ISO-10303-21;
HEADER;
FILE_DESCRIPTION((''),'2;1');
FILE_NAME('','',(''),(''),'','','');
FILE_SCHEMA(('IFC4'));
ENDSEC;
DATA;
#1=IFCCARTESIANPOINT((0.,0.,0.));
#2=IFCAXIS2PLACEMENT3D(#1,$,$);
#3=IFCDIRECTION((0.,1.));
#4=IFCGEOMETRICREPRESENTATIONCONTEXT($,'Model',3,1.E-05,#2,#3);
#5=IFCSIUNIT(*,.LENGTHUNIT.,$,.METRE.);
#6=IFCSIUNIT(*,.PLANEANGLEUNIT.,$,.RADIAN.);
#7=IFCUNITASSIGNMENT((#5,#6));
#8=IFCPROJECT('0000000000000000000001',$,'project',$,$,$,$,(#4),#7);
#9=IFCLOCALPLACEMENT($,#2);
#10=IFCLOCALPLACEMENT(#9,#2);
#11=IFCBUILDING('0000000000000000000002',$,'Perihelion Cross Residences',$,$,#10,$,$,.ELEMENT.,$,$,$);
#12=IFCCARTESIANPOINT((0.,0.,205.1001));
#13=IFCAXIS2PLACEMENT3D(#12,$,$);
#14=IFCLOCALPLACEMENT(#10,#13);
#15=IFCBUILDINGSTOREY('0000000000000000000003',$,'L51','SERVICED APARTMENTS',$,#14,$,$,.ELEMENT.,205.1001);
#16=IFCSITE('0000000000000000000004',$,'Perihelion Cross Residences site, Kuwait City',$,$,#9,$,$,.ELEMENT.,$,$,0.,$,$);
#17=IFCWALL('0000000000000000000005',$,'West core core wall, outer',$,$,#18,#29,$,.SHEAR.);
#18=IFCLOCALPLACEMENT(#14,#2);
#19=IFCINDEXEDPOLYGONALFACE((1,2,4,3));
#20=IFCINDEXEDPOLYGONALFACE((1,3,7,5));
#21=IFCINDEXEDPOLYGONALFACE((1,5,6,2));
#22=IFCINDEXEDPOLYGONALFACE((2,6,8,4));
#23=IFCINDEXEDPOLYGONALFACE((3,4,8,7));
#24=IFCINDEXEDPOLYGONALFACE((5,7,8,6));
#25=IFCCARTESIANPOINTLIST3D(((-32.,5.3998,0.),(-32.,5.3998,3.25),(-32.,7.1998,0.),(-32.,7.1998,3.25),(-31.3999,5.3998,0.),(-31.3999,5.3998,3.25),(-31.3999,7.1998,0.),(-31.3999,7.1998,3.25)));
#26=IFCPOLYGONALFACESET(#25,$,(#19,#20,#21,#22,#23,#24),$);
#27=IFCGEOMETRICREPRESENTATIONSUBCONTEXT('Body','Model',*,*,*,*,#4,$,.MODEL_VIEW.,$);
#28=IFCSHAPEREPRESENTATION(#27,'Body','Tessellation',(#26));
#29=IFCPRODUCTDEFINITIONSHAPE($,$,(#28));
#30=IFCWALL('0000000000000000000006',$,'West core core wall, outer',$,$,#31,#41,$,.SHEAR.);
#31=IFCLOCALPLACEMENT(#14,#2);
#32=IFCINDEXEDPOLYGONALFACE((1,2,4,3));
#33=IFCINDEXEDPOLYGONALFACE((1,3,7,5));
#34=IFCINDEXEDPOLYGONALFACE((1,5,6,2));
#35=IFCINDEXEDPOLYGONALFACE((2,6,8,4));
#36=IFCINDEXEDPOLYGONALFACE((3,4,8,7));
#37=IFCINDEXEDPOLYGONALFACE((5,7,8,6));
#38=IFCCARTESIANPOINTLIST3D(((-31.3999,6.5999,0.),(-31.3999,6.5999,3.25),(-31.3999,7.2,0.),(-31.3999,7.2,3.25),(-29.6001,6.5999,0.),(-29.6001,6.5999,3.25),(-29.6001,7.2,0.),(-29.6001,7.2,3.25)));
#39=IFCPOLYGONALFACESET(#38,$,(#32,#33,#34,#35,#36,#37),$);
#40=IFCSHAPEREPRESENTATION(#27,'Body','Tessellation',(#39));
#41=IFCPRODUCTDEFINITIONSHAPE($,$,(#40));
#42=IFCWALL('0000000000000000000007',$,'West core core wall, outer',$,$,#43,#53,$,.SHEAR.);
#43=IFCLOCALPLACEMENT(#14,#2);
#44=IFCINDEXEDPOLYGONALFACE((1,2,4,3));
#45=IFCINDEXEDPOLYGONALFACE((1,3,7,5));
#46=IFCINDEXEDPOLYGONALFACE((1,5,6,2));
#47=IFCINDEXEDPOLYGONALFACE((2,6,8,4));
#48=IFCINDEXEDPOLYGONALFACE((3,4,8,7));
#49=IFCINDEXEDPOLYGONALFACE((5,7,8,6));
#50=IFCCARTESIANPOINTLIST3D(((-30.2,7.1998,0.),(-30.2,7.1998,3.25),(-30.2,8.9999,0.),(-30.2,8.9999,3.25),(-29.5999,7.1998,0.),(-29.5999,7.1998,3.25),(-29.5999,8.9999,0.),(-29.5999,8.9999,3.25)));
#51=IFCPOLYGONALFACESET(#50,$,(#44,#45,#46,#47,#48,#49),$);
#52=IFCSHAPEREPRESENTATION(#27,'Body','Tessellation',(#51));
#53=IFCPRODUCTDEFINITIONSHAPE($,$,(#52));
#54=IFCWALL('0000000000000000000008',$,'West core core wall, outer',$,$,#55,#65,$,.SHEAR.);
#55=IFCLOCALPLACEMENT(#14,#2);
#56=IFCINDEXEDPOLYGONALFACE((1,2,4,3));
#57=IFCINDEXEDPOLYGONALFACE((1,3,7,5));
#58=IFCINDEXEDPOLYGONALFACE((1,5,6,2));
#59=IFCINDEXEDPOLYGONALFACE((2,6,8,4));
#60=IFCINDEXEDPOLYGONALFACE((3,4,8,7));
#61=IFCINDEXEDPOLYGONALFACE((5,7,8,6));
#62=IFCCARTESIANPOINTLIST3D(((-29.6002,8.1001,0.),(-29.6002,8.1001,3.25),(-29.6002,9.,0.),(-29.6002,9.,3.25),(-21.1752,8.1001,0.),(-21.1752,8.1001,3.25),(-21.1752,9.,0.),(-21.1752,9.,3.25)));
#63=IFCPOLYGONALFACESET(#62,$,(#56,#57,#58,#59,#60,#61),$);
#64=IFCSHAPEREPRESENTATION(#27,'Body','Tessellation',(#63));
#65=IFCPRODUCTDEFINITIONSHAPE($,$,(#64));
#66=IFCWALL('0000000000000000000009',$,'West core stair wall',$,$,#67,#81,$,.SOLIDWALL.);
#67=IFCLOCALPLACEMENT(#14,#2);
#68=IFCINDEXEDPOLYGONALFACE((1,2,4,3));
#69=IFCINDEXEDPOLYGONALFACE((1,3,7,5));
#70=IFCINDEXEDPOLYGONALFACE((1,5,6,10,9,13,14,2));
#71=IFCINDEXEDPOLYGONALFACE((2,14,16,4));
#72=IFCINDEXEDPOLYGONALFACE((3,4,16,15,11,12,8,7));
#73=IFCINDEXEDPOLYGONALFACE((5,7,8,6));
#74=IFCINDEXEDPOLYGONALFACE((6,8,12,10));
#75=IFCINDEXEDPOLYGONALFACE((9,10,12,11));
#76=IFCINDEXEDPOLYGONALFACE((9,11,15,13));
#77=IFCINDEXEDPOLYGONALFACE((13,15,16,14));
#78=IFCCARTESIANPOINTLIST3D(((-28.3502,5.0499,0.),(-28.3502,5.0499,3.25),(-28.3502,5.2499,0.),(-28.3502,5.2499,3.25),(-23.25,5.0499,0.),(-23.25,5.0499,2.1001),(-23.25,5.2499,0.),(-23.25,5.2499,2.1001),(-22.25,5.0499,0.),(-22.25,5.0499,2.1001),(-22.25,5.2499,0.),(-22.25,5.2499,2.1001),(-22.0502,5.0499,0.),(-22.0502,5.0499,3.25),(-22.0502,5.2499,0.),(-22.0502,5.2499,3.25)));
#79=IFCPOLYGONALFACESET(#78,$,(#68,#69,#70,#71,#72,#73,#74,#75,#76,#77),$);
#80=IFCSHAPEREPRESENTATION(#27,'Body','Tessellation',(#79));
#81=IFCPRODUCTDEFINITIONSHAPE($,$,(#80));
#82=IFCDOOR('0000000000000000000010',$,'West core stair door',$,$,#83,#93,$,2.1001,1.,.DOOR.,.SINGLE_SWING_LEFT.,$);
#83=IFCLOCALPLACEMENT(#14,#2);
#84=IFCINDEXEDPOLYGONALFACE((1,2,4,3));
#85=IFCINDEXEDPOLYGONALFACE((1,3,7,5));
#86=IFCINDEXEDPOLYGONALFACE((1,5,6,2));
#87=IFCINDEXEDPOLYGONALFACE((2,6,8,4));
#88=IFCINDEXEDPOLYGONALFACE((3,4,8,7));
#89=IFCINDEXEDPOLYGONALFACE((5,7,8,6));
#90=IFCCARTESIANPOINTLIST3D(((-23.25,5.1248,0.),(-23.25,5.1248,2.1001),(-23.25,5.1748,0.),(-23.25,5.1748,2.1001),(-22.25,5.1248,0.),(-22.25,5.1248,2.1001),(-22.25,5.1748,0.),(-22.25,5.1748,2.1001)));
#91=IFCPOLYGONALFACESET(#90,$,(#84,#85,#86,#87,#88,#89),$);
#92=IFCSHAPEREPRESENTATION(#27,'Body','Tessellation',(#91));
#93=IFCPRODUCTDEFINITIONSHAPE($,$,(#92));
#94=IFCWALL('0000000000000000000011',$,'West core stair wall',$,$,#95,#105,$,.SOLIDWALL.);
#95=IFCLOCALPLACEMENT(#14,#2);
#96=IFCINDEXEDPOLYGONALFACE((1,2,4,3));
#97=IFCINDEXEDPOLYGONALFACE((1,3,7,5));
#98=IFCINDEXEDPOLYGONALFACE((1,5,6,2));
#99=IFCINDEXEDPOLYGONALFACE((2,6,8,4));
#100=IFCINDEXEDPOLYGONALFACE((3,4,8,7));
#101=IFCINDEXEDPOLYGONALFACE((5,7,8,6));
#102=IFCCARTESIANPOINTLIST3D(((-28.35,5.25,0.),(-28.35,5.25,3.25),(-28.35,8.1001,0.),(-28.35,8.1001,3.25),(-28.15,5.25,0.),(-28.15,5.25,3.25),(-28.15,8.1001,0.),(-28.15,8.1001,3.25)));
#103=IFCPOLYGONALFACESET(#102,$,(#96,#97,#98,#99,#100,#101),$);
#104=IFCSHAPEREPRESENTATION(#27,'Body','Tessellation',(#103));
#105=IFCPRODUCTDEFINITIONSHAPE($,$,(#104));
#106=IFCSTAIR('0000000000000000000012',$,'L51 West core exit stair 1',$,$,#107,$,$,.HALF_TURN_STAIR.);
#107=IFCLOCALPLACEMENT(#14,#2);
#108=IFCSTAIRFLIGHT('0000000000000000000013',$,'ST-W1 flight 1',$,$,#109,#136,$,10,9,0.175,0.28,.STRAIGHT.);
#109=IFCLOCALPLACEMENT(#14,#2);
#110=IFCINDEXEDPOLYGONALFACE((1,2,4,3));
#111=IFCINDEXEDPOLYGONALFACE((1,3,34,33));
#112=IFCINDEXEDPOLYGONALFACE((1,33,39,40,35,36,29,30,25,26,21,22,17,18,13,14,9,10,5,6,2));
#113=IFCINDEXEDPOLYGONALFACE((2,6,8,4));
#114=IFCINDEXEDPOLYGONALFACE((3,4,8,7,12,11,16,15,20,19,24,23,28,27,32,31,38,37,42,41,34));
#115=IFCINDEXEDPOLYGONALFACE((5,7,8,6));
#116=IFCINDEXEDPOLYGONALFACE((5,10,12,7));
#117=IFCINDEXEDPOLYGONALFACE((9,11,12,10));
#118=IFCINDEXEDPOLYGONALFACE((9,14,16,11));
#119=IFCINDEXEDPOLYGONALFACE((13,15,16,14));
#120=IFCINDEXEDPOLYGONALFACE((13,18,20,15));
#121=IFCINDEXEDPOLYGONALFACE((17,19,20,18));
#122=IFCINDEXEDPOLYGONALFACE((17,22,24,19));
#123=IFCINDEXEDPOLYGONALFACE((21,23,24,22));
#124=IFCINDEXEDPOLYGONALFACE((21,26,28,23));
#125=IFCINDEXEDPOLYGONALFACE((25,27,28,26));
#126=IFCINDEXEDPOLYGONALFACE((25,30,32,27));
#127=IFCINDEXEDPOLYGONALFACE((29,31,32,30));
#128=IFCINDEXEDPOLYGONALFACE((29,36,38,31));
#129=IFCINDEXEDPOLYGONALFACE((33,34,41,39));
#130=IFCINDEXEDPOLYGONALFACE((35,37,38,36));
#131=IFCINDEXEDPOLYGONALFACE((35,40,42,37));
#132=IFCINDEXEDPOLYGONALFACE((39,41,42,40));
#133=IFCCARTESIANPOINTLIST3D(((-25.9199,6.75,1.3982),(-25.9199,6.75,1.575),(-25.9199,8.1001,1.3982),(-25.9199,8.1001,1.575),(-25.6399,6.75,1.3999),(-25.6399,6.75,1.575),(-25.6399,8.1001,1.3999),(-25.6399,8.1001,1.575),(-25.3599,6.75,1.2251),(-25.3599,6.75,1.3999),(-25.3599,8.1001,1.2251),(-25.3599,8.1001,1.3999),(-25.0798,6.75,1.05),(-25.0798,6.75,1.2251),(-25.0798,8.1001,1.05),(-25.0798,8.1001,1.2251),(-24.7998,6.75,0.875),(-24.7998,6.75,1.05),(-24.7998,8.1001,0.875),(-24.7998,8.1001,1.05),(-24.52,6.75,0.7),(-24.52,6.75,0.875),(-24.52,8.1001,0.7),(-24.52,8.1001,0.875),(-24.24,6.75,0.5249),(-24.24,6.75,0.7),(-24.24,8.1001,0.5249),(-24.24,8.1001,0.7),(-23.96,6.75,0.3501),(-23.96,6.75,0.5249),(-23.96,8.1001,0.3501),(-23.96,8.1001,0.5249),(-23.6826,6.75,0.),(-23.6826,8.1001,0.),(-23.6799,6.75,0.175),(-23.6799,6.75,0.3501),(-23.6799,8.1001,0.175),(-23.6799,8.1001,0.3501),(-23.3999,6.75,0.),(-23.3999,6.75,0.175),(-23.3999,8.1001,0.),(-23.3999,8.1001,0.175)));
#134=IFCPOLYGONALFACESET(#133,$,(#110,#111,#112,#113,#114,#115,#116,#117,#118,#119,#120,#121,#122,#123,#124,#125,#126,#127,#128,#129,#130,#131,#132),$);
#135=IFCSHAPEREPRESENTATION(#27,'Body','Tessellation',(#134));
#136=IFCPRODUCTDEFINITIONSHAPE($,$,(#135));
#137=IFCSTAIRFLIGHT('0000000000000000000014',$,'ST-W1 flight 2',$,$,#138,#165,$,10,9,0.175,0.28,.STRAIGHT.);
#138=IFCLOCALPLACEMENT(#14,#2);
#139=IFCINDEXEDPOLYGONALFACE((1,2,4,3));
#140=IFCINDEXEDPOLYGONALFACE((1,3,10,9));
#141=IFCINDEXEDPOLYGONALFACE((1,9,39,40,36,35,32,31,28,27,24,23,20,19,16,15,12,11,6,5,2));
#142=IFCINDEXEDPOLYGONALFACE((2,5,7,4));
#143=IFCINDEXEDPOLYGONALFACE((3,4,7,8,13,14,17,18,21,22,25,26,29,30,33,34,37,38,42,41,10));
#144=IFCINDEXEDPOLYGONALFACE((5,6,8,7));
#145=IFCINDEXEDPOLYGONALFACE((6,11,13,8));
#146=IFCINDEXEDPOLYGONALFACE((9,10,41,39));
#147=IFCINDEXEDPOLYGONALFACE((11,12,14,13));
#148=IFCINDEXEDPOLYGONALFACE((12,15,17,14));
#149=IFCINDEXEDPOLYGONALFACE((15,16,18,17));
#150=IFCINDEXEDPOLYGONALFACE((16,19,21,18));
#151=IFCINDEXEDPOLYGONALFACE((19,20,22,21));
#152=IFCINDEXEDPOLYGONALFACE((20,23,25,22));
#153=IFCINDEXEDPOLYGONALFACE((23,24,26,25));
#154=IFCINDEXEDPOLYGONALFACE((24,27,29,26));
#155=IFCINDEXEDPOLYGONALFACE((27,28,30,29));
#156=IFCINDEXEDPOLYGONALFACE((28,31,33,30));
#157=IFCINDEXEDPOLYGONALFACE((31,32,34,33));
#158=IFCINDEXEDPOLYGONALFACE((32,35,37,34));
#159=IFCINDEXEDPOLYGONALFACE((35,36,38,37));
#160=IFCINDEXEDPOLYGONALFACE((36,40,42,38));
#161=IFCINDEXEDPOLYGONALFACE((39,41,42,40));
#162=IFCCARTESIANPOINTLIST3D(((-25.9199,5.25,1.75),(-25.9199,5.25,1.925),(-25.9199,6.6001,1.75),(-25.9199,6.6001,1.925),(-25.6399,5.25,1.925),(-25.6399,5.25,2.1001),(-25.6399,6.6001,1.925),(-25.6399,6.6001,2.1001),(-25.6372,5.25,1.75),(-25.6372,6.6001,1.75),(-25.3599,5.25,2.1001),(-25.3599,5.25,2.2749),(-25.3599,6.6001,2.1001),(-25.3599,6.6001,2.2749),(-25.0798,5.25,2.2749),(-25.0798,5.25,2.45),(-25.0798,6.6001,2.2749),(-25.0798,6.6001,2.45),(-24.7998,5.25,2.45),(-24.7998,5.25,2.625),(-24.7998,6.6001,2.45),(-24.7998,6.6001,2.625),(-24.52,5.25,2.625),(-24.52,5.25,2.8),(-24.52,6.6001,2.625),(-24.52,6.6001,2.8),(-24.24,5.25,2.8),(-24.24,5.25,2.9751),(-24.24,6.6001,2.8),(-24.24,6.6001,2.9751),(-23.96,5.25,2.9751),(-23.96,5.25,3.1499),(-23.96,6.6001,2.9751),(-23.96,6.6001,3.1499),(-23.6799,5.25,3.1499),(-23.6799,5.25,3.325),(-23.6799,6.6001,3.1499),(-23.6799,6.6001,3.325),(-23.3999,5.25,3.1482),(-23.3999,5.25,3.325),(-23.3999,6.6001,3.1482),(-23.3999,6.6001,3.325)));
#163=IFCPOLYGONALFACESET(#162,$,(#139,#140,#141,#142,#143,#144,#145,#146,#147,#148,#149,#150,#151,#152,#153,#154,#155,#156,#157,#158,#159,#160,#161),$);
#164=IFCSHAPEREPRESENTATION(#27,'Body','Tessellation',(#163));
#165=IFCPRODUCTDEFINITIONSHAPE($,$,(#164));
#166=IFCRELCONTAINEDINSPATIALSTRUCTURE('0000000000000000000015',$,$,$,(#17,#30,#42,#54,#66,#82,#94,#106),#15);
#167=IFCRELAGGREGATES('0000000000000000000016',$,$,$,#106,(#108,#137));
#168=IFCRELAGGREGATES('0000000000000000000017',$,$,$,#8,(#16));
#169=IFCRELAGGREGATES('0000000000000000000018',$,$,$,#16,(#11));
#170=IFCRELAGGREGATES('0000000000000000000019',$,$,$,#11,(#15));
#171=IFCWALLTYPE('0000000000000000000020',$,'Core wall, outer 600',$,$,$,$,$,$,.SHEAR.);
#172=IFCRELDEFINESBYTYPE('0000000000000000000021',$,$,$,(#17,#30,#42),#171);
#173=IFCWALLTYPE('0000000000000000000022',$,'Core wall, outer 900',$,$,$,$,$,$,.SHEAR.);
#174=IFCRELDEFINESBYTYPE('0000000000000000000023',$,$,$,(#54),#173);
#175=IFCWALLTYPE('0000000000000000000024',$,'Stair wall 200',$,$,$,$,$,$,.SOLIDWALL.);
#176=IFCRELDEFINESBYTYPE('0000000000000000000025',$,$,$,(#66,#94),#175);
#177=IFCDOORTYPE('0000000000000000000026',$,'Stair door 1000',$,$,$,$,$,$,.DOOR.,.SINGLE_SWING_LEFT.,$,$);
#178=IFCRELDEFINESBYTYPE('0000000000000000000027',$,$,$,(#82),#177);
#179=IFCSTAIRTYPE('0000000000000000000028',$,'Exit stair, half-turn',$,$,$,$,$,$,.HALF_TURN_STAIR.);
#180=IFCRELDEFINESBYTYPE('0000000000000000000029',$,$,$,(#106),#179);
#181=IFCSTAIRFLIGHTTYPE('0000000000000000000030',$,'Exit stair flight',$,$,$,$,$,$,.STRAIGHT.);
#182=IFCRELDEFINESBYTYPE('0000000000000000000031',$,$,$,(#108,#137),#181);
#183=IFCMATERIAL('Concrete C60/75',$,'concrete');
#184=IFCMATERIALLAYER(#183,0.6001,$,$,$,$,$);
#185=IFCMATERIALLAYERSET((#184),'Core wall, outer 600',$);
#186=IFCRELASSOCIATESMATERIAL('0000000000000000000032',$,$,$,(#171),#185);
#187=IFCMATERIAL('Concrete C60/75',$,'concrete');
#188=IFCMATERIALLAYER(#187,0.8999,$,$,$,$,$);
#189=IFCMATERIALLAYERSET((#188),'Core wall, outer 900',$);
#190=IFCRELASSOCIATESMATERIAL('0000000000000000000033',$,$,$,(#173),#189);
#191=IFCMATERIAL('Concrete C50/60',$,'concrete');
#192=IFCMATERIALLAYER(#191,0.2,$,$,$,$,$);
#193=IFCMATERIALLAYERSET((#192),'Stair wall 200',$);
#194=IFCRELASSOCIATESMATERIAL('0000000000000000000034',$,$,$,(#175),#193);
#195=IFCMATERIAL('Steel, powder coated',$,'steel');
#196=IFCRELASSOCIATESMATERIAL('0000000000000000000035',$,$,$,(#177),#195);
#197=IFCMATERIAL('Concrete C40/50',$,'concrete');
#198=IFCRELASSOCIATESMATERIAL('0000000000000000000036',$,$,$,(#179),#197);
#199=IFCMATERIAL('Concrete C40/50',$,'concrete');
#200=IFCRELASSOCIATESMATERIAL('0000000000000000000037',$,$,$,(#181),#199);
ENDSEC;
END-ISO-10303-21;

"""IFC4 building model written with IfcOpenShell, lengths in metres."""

from ifc_helpers import new_model, si_unit, direction, frame, frame_2d, origin, place, context, subcontext, project, spatial, polyline, rectangle, outline, extrude, material, layer, layer_set, type_object, element, fill, aggregate, save


model = new_model("IFC4")

# Units and contexts
model_context = context("Model", 3, precision=1e-05, world=origin(), true_north=direction((0.0, 1.0)))
body_context = subcontext(model_context, "Body", "Model", "MODEL_VIEW")
ifc_project = project(units=[si_unit("LENGTHUNIT", "METRE"), si_unit("PLANEANGLEUNIT", "RADIAN")], contexts=[model_context])

# Site, building, storey
site_placement = place(None, origin())
site = spatial("IfcSite", under=ifc_project, at=site_placement, Name="Perihelion Cross Residences site, Kuwait City", CompositionType="ELEMENT", RefElevation=0.0)
building_placement = place(site_placement, origin())
building = spatial("IfcBuilding", under=site, at=building_placement, Name="Perihelion Cross Residences", CompositionType="ELEMENT")
storey_placement = place(building_placement, frame((0.0, 0.0, 205.1001)))
storey = spatial("IfcBuildingStorey", under=building, at=storey_placement, Name="L51", Description="SERVICED APARTMENTS", CompositionType="ELEMENT", Elevation=205.1001)

# Walls
ifc_material_1 = material(Name="Concrete C60/75", Category="concrete")
ifc_layer_1 = layer(ifc_material_1, 0.6001)
ifc_layer_set_1 = layer_set([ifc_layer_1], Name="Core wall, outer 600")
wall_type_1 = type_object("IfcWallType", Name="Core wall, outer 600", PredefinedType="SHEAR", material=ifc_layer_set_1)
wall_1_placement = place(storey_placement, frame((-31.7, 5.3999, 0.0), z_axis=(0.0, 0.0, 1.0), x_axis=(0.0, 1.0, 0.0)))
element("IfcWall", 1, at=wall_1_placement, inside=storey, type_object=wall_type_1, Name="West core core wall, outer", PredefinedType="SHEAR", context=body_context, shape_type="SweptSolid", body=[
    extrude(rectangle(XDim=1.8, YDim=0.6001, at=frame_2d((0.8999, 0.0))), origin(), (0.0, 0.0, 1.0), 3.25),
])
wall_2_placement = place(storey_placement, frame((-31.3999, 6.8999, 0.0), z_axis=(0.0, 0.0, 1.0), x_axis=(1.0, 0.0, 0.0)))
element("IfcWall", 2, at=wall_2_placement, inside=storey, type_object=wall_type_1, Name="West core core wall, outer", PredefinedType="SHEAR", context=body_context, shape_type="SweptSolid", body=[
    extrude(rectangle(XDim=1.7998, YDim=0.6001, at=frame_2d((0.8999, 0.0))), origin(), (0.0, 0.0, 1.0), 3.25),
])
wall_3_placement = place(storey_placement, frame((-29.8999, 7.2, 0.0), z_axis=(0.0, 0.0, 1.0), x_axis=(0.0, 1.0, 0.0)))
element("IfcWall", 3, at=wall_3_placement, inside=storey, type_object=wall_type_1, Name="West core core wall, outer", PredefinedType="SHEAR", context=body_context, shape_type="SweptSolid", body=[
    extrude(rectangle(XDim=1.8, YDim=0.6001, at=frame_2d((0.8999, 0.0))), origin(), (0.0, 0.0, 1.0), 3.25),
])
ifc_material_2 = material(Name="Concrete C60/75", Category="concrete")
ifc_layer_2 = layer(ifc_material_2, 0.8999)
ifc_layer_set_2 = layer_set([ifc_layer_2], Name="Core wall, outer 900")
wall_type_2 = type_object("IfcWallType", Name="Core wall, outer 900", PredefinedType="SHEAR", material=ifc_layer_set_2)
wall_4_placement = place(storey_placement, frame((-29.6001, 8.55, 0.0), z_axis=(0.0, 0.0, 1.0), x_axis=(1.0, 0.0, 0.0)))
element("IfcWall", 4, at=wall_4_placement, inside=storey, type_object=wall_type_2, Name="West core core wall, outer", PredefinedType="SHEAR", context=body_context, shape_type="SweptSolid", body=[
    extrude(rectangle(XDim=8.425, YDim=0.8999, at=frame_2d((4.2124, 0.0))), origin(), (0.0, 0.0, 1.0), 3.25),
])

# Wall, opening, door
ifc_material_3 = material(Name="Concrete C50/60", Category="concrete")
ifc_layer_3 = layer(ifc_material_3, 0.2)
ifc_layer_set_3 = layer_set([ifc_layer_3], Name="Stair wall 200")
wall_type_3 = type_object("IfcWallType", Name="Stair wall 200", PredefinedType="SOLIDWALL", material=ifc_layer_set_3)
wall_5_placement = place(storey_placement, frame((-28.3501, 5.1499, 0.0), z_axis=(0.0, 0.0, 1.0), x_axis=(1.0, 0.0, 0.0)))
wall_5 = element("IfcWall", 5, at=wall_5_placement, inside=storey, type_object=wall_type_3, Name="West core stair wall", PredefinedType="SOLIDWALL", context=body_context, shape_type="SweptSolid", body=[
    extrude(rectangle(XDim=6.3, YDim=0.2, at=frame_2d((3.1499, 0.0))), origin(), (0.0, 0.0, 1.0), 3.25),
])
opening_placement = place(wall_5_placement, frame((5.1001, 0.0, 0.0)))
opening = element("IfcOpeningElement", 6, at=opening_placement, cuts=wall_5, PredefinedType="OPENING", context=body_context, shape_type="SweptSolid", body=[
    extrude(rectangle(XDim=1.0, YDim=2.1001, at=frame_2d((0.5, 1.05))), frame((0.0, 0.1099, 0.0), z_axis=(0.0, -1.0, 0.0), x_axis=(1.0, 0.0, 0.0)), (0.0, 0.0, 1.0), 0.22),
])
ifc_material_4 = material(Name="Steel, powder coated", Category="steel")
door_type = type_object("IfcDoorType", Name="Stair door 1000", OperationType="SINGLE_SWING_LEFT", PredefinedType="DOOR", material=ifc_material_4)
door_placement = place(opening_placement, origin())
door = element("IfcDoor", 7, at=door_placement, inside=storey, type_object=door_type, Name="West core stair door", OperationType="SINGLE_SWING_LEFT", OverallHeight=2.1001, OverallWidth=1.0, PredefinedType="DOOR", context=body_context, shape_type="SweptSolid", body=[
    extrude(rectangle(XDim=1.0, YDim=2.1001, at=frame_2d((0.5, 1.05))), frame((0.0, 0.0249, 0.0), z_axis=(0.0, -1.0, 0.0), x_axis=(1.0, 0.0, 0.0)), (0.0, 0.0, 1.0), 0.05),
])
fill(opening, door)

# Wall
wall_6_placement = place(storey_placement, frame((-28.25, 5.25, 0.0), z_axis=(0.0, 0.0, 1.0), x_axis=(0.0, 1.0, 0.0)))
element("IfcWall", 8, at=wall_6_placement, inside=storey, type_object=wall_type_3, Name="West core stair wall", PredefinedType="SOLIDWALL", context=body_context, shape_type="SweptSolid", body=[
    extrude(rectangle(XDim=2.8501, YDim=0.2, at=frame_2d((1.425, 0.0))), origin(), (0.0, 0.0, 1.0), 3.25),
])

# Stair, stair flights
ifc_material_5 = material(Name="Concrete C40/50", Category="concrete")
stair_type = type_object("IfcStairType", Name="Exit stair, half-turn", PredefinedType="HALF_TURN_STAIR", material=ifc_material_5)
stair_placement = place(storey_placement, origin())
stair = element("IfcStair", 9, at=stair_placement, inside=storey, type_object=stair_type, Name="L51 West core exit stair 1", PredefinedType="HALF_TURN_STAIR")
ifc_material_6 = material(Name="Concrete C40/50", Category="concrete")
stair_flight_type = type_object("IfcStairFlightType", Name="Exit stair flight", PredefinedType="STRAIGHT", material=ifc_material_6)
stair_flight_1_placement = place(storey_placement, frame((-23.3999, 7.425, 0.0), z_axis=(0.0, 0.0, 1.0), x_axis=(-1.0, 0.0, 0.0)))
stair_flight_1 = element("IfcStairFlight", 10, at=stair_flight_1_placement, type_object=stair_flight_type, Name="ST-W1 flight 1", NumberOfRisers=10, NumberOfTreads=9, PredefinedType="STRAIGHT", RiserHeight=0.175, TreadLength=0.28, context=body_context, shape_type="SweptSolid", body=[
    extrude(outline(polyline([(0.0, 0.0), (0.0, 0.175), (0.28, 0.175), (0.28, 0.3501), (0.5601, 0.3501), (0.5601, 0.5249), (0.8401, 0.5249), (0.8401, 0.7), (1.1201, 0.7), (1.1201, 0.875), (1.3999, 0.875), (1.3999, 1.05), (1.6799, 1.05), (1.6799, 1.2251), (1.96, 1.2251), (1.96, 1.3999), (2.24, 1.3999), (2.24, 1.575), (2.52, 1.575), (2.52, 1.75), (2.52, 1.3982), (0.2827, 0.0), (0.0, 0.0)])), frame((0.0, 0.675, 0.0), z_axis=(0.0, -1.0, 0.0), x_axis=(1.0, 0.0, 0.0)), (0.0, 0.0, 1.0), 1.3501),
])
stair_flight_2_placement = place(storey_placement, frame((-25.9199, 5.925, 1.75), z_axis=(0.0, 0.0, 1.0), x_axis=(1.0, 0.0, 0.0)))
stair_flight_2 = element("IfcStairFlight", 11, at=stair_flight_2_placement, type_object=stair_flight_type, Name="ST-W1 flight 2", NumberOfRisers=10, NumberOfTreads=9, PredefinedType="STRAIGHT", RiserHeight=0.175, TreadLength=0.28, context=body_context, shape_type="SweptSolid", body=[
    extrude(outline(polyline([(0.0, 0.0), (0.0, 0.175), (0.28, 0.175), (0.28, 0.3501), (0.5601, 0.3501), (0.5601, 0.5249), (0.8401, 0.5249), (0.8401, 0.7), (1.1201, 0.7), (1.1201, 0.875), (1.3999, 0.875), (1.3999, 1.05), (1.6799, 1.05), (1.6799, 1.2251), (1.96, 1.2251), (1.96, 1.3999), (2.24, 1.3999), (2.24, 1.575), (2.52, 1.575), (2.52, 1.75), (2.52, 1.3982), (0.2827, 0.0), (0.0, 0.0)])), frame((0.0, 0.675, 0.0), z_axis=(0.0, -1.0, 0.0), x_axis=(1.0, 0.0, 0.0)), (0.0, 0.0, 1.0), 1.3501),
])
aggregate(stair, [stair_flight_1, stair_flight_2])

save(model, "model.ifc")
